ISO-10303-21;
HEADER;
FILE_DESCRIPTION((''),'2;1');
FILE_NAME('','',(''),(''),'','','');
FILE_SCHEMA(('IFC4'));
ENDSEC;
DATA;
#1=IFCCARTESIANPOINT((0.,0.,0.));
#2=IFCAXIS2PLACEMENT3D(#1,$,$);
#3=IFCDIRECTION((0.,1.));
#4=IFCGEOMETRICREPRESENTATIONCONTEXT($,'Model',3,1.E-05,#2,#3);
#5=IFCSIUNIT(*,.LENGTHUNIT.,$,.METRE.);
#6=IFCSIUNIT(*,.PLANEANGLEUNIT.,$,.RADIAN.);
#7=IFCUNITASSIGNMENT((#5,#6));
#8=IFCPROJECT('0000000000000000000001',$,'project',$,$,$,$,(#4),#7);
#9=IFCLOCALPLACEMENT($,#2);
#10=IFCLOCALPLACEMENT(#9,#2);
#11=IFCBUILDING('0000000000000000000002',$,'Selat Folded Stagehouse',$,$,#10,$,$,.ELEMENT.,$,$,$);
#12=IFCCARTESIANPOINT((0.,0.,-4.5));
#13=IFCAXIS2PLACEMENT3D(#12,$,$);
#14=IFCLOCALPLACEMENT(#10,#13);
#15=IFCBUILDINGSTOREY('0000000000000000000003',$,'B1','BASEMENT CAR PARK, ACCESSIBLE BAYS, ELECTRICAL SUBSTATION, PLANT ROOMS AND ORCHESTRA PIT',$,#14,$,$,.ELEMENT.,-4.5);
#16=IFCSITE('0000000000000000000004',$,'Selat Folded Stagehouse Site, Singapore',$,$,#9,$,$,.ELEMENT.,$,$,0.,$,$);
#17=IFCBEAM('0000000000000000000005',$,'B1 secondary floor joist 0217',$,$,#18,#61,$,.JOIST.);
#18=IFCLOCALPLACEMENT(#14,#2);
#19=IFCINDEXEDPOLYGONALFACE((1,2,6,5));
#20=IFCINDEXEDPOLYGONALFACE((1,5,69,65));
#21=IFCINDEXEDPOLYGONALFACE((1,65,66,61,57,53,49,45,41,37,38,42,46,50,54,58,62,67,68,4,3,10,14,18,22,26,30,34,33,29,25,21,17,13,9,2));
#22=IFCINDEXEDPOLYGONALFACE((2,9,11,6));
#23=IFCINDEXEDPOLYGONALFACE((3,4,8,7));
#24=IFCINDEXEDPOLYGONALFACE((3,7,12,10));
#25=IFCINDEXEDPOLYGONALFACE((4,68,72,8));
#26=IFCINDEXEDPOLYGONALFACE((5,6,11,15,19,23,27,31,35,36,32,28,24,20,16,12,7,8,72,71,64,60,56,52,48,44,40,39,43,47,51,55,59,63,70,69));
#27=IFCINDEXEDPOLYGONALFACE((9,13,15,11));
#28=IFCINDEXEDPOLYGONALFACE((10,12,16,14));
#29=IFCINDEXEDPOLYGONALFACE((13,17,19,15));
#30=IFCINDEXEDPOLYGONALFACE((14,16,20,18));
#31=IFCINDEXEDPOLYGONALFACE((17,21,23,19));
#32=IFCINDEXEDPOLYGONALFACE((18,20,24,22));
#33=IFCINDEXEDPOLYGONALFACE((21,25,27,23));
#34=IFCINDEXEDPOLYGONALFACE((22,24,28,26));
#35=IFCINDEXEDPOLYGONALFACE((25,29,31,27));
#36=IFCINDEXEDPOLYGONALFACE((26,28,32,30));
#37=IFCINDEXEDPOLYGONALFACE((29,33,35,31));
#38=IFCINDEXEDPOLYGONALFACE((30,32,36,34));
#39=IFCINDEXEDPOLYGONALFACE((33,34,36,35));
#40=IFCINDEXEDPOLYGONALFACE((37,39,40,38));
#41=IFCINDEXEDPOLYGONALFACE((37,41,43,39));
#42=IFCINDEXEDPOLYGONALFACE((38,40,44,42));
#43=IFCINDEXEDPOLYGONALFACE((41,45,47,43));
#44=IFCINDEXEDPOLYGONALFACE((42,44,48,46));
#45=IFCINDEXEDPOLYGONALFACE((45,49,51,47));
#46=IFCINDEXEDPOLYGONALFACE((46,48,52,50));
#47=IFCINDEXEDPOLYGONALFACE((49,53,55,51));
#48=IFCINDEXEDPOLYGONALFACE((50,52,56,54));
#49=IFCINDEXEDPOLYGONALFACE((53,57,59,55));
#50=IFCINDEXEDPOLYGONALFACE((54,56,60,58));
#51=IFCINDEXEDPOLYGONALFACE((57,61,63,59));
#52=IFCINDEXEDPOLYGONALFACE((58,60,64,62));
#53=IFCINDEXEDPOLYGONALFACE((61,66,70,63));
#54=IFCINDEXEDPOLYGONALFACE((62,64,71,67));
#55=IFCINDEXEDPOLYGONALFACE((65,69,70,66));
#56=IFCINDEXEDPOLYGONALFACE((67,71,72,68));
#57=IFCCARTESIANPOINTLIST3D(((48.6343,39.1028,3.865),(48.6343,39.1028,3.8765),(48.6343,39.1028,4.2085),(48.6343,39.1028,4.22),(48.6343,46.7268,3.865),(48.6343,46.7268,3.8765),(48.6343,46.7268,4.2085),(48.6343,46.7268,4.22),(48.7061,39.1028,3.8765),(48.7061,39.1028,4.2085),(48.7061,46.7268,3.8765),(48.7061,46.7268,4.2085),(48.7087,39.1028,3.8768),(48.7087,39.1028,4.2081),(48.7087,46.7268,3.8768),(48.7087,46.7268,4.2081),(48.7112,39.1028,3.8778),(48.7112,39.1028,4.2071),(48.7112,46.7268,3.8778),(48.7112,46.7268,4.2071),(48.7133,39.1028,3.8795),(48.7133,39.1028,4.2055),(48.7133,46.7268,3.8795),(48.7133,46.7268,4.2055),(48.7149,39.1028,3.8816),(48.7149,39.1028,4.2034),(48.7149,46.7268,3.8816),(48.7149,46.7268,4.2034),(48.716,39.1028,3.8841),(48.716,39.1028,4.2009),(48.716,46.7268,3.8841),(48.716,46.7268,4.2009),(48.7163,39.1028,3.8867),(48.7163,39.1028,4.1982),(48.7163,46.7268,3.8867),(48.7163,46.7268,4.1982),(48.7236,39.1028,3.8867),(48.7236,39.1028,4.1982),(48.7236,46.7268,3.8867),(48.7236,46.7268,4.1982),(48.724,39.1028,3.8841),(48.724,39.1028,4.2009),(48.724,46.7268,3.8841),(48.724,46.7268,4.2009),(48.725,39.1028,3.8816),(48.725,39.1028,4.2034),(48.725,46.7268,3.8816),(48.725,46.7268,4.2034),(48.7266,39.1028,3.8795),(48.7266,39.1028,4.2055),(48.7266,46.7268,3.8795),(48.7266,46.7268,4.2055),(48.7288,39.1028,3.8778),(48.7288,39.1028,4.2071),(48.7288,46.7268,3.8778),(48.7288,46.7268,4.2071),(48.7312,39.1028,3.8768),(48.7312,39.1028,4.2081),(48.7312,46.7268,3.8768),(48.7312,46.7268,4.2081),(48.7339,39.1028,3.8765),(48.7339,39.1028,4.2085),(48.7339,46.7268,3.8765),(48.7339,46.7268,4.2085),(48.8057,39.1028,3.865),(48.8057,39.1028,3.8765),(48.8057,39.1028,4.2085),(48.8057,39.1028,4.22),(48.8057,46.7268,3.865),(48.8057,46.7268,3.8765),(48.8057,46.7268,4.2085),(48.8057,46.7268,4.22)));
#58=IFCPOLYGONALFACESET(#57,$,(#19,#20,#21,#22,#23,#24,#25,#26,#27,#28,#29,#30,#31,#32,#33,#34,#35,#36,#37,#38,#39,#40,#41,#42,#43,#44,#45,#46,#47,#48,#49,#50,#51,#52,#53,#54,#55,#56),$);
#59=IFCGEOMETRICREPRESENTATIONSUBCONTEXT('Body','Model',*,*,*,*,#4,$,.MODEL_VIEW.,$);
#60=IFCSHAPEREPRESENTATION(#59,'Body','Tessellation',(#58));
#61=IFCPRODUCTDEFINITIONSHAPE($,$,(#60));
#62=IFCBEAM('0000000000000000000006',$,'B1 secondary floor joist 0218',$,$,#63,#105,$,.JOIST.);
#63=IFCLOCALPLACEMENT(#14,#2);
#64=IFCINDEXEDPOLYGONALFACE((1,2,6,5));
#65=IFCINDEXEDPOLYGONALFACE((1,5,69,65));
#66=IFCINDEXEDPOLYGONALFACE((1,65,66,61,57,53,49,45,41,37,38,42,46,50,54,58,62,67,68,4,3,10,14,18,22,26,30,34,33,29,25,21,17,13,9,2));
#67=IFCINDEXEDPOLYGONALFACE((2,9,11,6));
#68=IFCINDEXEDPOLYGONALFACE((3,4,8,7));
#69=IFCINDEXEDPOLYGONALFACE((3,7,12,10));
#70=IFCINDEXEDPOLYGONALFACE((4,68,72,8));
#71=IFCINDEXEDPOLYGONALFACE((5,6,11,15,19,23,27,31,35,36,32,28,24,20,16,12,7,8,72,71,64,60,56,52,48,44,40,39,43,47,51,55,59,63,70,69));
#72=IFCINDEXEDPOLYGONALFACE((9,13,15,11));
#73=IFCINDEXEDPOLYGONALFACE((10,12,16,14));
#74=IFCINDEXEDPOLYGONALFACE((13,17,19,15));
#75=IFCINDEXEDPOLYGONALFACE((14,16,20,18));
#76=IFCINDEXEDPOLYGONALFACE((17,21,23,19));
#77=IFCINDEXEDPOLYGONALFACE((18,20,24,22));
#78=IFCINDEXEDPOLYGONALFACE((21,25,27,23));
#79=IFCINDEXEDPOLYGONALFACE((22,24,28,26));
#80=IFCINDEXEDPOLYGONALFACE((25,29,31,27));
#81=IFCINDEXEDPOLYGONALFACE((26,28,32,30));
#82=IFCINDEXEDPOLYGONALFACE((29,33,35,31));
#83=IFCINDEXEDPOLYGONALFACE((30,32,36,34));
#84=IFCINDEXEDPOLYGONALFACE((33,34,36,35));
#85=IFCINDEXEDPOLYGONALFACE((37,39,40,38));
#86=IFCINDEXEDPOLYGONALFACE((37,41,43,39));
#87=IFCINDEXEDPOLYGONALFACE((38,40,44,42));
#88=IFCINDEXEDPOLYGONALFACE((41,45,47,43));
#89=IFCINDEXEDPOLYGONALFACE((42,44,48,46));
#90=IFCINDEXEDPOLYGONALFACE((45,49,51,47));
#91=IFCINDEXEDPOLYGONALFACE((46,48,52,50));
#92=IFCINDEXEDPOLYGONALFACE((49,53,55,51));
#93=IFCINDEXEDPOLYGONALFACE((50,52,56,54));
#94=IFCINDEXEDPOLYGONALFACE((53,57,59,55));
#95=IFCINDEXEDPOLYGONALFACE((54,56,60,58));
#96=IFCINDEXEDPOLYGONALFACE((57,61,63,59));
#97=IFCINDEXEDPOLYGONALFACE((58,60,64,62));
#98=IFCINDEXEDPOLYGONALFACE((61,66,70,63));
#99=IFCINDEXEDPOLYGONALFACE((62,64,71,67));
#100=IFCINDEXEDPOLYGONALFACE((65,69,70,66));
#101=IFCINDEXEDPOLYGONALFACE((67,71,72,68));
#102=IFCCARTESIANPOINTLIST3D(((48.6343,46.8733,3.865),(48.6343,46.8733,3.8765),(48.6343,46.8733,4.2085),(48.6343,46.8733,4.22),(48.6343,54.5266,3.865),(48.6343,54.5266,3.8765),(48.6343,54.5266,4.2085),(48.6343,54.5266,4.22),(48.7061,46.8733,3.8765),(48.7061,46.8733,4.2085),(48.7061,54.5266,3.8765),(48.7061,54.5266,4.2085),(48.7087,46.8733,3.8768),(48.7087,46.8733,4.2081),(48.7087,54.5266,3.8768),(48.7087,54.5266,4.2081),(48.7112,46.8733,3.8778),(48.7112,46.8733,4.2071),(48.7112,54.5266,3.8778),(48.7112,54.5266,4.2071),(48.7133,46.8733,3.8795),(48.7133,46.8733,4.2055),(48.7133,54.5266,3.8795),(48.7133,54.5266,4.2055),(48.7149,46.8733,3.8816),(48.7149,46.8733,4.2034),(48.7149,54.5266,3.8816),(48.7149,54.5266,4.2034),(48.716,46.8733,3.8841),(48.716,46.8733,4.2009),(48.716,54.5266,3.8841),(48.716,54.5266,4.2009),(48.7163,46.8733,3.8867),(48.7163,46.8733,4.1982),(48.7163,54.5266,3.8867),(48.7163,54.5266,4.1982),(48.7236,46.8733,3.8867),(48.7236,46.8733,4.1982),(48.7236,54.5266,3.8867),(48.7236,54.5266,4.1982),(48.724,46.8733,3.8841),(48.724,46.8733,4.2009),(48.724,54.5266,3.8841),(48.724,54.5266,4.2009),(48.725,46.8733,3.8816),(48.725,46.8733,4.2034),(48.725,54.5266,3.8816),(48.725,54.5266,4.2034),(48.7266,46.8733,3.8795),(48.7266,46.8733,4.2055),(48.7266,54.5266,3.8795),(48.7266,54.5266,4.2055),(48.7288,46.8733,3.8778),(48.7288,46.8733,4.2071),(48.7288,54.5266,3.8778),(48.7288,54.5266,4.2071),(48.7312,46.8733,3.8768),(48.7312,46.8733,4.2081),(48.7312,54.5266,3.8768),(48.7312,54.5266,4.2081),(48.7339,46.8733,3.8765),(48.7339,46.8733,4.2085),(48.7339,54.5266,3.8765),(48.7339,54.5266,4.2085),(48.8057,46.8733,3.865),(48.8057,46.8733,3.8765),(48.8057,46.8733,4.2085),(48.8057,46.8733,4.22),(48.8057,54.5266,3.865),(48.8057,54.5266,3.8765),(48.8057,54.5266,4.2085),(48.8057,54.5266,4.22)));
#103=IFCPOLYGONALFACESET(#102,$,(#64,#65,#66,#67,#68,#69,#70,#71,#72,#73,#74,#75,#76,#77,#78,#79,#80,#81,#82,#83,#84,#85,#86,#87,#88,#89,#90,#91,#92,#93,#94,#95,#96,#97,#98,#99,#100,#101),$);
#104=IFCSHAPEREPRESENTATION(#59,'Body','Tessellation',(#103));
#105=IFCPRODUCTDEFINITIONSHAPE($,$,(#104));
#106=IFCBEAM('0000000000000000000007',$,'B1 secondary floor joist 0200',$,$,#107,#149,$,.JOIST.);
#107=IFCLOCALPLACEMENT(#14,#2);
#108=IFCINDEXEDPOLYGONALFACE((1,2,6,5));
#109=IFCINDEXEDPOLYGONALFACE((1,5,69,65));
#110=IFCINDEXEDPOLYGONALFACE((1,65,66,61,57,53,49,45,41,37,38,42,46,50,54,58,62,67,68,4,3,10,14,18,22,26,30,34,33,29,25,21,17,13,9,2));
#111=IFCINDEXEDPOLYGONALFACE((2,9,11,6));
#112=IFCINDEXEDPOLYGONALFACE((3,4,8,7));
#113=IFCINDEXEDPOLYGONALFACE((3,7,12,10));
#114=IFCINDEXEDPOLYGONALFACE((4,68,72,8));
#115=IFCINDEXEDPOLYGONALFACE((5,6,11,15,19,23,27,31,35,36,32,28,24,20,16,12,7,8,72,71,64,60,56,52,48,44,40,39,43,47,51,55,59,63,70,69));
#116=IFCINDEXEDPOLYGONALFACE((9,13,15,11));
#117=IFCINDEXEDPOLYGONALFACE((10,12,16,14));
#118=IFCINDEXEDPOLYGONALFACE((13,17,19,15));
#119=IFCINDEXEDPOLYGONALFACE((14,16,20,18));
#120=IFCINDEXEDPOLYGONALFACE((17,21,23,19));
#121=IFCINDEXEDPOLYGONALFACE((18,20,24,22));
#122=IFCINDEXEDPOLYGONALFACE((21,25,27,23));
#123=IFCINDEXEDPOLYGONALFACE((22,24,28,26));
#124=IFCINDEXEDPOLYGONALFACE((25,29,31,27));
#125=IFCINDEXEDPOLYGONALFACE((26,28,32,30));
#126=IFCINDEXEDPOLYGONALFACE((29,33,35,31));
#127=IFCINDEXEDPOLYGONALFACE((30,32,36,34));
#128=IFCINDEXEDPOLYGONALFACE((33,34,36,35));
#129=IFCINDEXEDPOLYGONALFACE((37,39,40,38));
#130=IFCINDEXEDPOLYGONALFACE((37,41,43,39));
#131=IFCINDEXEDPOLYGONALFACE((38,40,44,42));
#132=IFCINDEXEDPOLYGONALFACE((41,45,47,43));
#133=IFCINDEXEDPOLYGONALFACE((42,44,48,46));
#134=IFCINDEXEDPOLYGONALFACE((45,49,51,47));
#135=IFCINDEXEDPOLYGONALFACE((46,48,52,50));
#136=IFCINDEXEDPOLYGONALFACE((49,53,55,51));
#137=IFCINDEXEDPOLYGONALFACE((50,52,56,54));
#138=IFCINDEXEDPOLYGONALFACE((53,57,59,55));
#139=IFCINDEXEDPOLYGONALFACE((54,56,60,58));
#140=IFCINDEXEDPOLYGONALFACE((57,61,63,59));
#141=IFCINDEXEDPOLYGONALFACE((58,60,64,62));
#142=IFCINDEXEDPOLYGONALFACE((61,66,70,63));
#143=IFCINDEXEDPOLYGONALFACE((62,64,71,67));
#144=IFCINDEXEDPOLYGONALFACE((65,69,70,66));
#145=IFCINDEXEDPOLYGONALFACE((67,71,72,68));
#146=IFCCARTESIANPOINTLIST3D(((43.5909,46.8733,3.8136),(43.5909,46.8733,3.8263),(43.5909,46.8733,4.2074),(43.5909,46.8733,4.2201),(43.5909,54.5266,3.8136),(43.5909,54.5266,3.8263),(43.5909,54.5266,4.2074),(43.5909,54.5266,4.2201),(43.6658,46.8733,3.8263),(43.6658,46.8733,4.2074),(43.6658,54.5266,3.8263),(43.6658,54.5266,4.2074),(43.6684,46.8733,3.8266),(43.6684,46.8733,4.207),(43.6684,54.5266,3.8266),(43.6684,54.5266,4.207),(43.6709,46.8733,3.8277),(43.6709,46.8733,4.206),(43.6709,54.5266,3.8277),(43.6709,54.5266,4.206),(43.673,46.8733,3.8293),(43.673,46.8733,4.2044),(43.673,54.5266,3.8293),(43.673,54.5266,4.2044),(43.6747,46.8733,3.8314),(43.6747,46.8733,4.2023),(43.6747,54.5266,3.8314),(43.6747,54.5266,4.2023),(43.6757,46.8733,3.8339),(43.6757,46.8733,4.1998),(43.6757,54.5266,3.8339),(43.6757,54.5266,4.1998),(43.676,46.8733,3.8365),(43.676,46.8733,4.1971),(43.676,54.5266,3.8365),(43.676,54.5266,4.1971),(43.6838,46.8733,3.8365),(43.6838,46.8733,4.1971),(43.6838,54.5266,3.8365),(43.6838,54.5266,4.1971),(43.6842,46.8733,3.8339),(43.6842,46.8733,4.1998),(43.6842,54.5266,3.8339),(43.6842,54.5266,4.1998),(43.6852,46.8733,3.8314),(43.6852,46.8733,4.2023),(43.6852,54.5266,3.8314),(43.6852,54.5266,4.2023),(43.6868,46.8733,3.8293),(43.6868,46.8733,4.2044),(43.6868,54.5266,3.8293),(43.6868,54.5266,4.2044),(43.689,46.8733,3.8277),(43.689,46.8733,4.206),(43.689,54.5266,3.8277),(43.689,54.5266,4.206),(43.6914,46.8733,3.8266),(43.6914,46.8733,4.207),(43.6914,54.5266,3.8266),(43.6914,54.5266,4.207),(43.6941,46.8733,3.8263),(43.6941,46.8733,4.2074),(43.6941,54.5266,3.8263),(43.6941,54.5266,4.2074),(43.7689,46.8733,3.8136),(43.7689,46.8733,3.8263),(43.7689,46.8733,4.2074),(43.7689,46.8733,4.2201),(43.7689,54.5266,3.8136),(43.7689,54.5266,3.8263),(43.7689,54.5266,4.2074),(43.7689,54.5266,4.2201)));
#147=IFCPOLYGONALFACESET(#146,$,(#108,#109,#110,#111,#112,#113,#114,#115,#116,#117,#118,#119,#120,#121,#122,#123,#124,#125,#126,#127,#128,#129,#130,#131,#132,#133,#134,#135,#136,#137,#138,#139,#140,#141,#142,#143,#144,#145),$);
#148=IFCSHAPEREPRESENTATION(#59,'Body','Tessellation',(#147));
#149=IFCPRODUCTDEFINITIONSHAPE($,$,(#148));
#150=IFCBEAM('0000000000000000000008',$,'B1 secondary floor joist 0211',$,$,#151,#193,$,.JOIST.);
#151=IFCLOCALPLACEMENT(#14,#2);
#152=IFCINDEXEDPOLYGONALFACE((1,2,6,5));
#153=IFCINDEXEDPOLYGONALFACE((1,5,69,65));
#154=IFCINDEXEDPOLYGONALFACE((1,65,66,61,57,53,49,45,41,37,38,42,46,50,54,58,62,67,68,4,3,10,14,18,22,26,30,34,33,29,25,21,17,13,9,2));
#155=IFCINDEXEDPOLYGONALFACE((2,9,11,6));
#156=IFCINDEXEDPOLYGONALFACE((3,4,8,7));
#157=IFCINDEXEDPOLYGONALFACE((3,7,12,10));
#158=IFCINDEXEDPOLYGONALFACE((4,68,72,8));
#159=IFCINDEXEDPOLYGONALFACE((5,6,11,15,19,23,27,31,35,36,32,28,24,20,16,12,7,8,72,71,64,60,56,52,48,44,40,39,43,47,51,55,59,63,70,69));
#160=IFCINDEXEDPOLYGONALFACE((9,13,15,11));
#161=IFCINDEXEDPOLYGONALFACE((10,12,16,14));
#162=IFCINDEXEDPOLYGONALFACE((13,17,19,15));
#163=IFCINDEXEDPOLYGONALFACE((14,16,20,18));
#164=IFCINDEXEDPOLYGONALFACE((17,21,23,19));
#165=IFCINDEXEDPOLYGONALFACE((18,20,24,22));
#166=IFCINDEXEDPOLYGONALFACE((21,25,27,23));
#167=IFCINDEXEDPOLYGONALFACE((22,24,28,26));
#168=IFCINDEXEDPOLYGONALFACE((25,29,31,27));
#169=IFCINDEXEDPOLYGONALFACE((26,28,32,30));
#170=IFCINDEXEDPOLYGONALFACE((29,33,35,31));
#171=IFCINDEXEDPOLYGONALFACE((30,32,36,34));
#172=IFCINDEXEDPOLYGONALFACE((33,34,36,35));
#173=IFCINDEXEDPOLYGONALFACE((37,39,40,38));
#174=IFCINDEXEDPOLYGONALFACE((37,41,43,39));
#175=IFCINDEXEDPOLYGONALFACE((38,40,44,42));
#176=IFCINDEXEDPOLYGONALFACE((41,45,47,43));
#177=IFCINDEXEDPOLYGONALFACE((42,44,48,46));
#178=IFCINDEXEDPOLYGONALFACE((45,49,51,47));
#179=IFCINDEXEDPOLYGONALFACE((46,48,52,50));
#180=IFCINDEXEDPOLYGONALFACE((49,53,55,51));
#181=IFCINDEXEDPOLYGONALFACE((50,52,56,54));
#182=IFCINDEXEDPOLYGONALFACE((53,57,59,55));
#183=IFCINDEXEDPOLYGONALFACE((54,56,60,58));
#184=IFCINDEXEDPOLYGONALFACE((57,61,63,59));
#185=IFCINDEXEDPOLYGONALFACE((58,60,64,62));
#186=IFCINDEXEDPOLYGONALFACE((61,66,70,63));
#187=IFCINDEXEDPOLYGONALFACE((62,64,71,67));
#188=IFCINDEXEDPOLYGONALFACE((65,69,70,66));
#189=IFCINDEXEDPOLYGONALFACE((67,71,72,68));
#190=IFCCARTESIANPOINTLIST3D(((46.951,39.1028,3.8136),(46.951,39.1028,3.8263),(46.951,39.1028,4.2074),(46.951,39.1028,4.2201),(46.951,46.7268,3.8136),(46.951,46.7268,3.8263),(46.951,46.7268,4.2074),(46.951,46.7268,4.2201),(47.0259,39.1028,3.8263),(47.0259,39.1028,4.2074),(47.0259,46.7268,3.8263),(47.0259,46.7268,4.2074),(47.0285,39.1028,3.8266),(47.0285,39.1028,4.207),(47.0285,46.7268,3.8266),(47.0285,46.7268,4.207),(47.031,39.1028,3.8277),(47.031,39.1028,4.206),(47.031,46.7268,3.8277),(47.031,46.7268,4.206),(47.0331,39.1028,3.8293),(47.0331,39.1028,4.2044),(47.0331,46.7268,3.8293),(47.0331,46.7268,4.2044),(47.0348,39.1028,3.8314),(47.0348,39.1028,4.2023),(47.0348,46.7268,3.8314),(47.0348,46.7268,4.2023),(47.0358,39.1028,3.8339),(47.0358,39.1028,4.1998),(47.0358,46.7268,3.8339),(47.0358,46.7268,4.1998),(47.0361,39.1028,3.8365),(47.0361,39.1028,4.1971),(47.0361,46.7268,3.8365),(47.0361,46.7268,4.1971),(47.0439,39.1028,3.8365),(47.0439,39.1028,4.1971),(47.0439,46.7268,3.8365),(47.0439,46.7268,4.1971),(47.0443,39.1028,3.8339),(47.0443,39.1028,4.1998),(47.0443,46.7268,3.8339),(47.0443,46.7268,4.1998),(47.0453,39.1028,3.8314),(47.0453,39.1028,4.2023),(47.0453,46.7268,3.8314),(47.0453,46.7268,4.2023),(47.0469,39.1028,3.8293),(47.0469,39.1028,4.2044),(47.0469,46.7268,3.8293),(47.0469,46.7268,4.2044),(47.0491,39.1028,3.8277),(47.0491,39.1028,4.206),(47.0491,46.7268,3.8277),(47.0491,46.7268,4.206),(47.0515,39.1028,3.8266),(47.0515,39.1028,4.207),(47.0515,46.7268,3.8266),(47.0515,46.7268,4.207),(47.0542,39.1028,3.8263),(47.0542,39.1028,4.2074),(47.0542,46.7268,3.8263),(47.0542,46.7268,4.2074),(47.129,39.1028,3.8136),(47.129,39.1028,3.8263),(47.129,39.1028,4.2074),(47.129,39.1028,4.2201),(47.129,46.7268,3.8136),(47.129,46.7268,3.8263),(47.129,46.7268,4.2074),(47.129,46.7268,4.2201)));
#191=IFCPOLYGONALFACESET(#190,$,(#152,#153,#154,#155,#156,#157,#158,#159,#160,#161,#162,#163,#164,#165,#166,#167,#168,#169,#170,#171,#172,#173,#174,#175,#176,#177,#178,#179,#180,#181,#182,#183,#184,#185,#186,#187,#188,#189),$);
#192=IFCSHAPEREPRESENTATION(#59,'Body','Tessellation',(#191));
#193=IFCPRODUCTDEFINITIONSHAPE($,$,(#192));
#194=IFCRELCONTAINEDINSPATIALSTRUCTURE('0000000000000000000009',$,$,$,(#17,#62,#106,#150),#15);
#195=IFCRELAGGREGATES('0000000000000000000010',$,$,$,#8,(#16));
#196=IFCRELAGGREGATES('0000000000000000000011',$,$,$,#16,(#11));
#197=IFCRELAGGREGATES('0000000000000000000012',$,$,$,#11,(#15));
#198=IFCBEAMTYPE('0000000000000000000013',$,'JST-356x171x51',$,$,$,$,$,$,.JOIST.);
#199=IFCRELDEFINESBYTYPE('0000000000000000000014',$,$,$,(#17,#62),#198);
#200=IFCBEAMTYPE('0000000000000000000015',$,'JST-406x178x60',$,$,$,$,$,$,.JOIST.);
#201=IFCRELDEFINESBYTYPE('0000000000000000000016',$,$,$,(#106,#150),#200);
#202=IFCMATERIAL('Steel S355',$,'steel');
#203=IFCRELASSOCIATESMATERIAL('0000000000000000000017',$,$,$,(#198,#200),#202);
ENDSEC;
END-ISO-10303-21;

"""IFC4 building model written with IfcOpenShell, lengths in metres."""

from ifc_helpers import new_model, si_unit, direction, frame, origin, origin_2d, place, context, subcontext, project, spatial, i_section, extrude, material, material_profile, profile_set, type_object, element, save


model = new_model("IFC4")

# Units and contexts
model_context = context("Model", 3, precision=1e-05, world=origin(), true_north=direction((0.0, 1.0)))
body_context = subcontext(model_context, "Body", "Model", "MODEL_VIEW")
ifc_project = project(units=[si_unit("LENGTHUNIT", "METRE"), si_unit("PLANEANGLEUNIT", "RADIAN")], contexts=[model_context])

# Site, building, storey
site_placement = place(None, origin())
site = spatial("IfcSite", under=ifc_project, at=site_placement, Name="Selat Folded Stagehouse Site, Singapore", CompositionType="ELEMENT", RefElevation=0.0)
building_placement = place(site_placement, origin())
building = spatial("IfcBuilding", under=site, at=building_placement, Name="Selat Folded Stagehouse", CompositionType="ELEMENT")
storey_placement = place(building_placement, frame((0.0, 0.0, -4.5)))
storey = spatial("IfcBuildingStorey", under=building, at=storey_placement, Name="B1", Description="BASEMENT CAR PARK, ACCESSIBLE BAYS, ELECTRICAL SUBSTATION, PLANT ROOMS AND ORCHESTRA PIT", CompositionType="ELEMENT", Elevation=-4.5)

# Shared definitions
ifc_material_1 = material(Name="Steel S355", Category="steel")

# Beams
ifc_material_profile_1 = material_profile(ifc_material_1, i_section(OverallWidth=0.1714, OverallDepth=0.355, WebThickness=0.0073, FlangeThickness=0.0115, FilletRadius=0.0103, at=origin_2d()), Name="UKB 356x171x51")
ifc_profile_set_1 = profile_set([ifc_material_profile_1], Name="Steel S355")
beam_type_1 = type_object("IfcBeamType", Name="JST-356x171x51", PredefinedType="JOIST", material=ifc_profile_set_1)
beam_1_placement = place(storey_placement, frame((48.72, 39.1028, 4.0425), z_axis=(0.0, 1.0, 0.0), x_axis=(-1.0, 0.0, 0.0)))
element("IfcBeam", 1, at=beam_1_placement, inside=storey, type_object=beam_type_1, Name="B1 secondary floor joist 0217", PredefinedType="JOIST", context=body_context, shape_type="SweptSolid", body=[
    extrude(i_section(OverallWidth=0.1714, OverallDepth=0.355, WebThickness=0.0073, FlangeThickness=0.0115, FilletRadius=0.0103, at=origin_2d()), origin(), (0.0, 0.0, 1.0), 7.624),
])
beam_2_placement = place(storey_placement, frame((48.72, 46.8733, 4.0425), z_axis=(0.0, 1.0, 0.0), x_axis=(-1.0, 0.0, 0.0)))
element("IfcBeam", 2, at=beam_2_placement, inside=storey, type_object=beam_type_1, Name="B1 secondary floor joist 0218", PredefinedType="JOIST", context=body_context, shape_type="SweptSolid", body=[
    extrude(i_section(OverallWidth=0.1714, OverallDepth=0.355, WebThickness=0.0073, FlangeThickness=0.0115, FilletRadius=0.0103, at=origin_2d()), origin(), (0.0, 0.0, 1.0), 7.6533),
])
ifc_material_profile_2 = material_profile(ifc_material_1, i_section(OverallWidth=0.178, OverallDepth=0.4065, WebThickness=0.0078, FlangeThickness=0.0127, FilletRadius=0.0103, at=origin_2d()), Name="UKB 406x178x60")
ifc_profile_set_2 = profile_set([ifc_material_profile_2], Name="Steel S355")
beam_type_2 = type_object("IfcBeamType", Name="JST-406x178x60", PredefinedType="JOIST", material=ifc_profile_set_2)
beam_3_placement = place(storey_placement, frame((43.6799, 46.8733, 4.0168), z_axis=(0.0, 1.0, 0.0), x_axis=(-1.0, 0.0, 0.0)))
element("IfcBeam", 3, at=beam_3_placement, inside=storey, type_object=beam_type_2, Name="B1 secondary floor joist 0200", PredefinedType="JOIST", context=body_context, shape_type="SweptSolid", body=[
    extrude(i_section(OverallWidth=0.178, OverallDepth=0.4065, WebThickness=0.0078, FlangeThickness=0.0127, FilletRadius=0.0103, at=origin_2d()), origin(), (0.0, 0.0, 1.0), 7.6533),
])
beam_4_placement = place(storey_placement, frame((47.04, 39.1028, 4.0168), z_axis=(0.0, 1.0, 0.0), x_axis=(-1.0, 0.0, 0.0)))
element("IfcBeam", 4, at=beam_4_placement, inside=storey, type_object=beam_type_2, Name="B1 secondary floor joist 0211", PredefinedType="JOIST", context=body_context, shape_type="SweptSolid", body=[
    extrude(i_section(OverallWidth=0.178, OverallDepth=0.4065, WebThickness=0.0078, FlangeThickness=0.0127, FilletRadius=0.0103, at=origin_2d()), origin(), (0.0, 0.0, 1.0), 7.624),
])

save(model, "model.ifc")
